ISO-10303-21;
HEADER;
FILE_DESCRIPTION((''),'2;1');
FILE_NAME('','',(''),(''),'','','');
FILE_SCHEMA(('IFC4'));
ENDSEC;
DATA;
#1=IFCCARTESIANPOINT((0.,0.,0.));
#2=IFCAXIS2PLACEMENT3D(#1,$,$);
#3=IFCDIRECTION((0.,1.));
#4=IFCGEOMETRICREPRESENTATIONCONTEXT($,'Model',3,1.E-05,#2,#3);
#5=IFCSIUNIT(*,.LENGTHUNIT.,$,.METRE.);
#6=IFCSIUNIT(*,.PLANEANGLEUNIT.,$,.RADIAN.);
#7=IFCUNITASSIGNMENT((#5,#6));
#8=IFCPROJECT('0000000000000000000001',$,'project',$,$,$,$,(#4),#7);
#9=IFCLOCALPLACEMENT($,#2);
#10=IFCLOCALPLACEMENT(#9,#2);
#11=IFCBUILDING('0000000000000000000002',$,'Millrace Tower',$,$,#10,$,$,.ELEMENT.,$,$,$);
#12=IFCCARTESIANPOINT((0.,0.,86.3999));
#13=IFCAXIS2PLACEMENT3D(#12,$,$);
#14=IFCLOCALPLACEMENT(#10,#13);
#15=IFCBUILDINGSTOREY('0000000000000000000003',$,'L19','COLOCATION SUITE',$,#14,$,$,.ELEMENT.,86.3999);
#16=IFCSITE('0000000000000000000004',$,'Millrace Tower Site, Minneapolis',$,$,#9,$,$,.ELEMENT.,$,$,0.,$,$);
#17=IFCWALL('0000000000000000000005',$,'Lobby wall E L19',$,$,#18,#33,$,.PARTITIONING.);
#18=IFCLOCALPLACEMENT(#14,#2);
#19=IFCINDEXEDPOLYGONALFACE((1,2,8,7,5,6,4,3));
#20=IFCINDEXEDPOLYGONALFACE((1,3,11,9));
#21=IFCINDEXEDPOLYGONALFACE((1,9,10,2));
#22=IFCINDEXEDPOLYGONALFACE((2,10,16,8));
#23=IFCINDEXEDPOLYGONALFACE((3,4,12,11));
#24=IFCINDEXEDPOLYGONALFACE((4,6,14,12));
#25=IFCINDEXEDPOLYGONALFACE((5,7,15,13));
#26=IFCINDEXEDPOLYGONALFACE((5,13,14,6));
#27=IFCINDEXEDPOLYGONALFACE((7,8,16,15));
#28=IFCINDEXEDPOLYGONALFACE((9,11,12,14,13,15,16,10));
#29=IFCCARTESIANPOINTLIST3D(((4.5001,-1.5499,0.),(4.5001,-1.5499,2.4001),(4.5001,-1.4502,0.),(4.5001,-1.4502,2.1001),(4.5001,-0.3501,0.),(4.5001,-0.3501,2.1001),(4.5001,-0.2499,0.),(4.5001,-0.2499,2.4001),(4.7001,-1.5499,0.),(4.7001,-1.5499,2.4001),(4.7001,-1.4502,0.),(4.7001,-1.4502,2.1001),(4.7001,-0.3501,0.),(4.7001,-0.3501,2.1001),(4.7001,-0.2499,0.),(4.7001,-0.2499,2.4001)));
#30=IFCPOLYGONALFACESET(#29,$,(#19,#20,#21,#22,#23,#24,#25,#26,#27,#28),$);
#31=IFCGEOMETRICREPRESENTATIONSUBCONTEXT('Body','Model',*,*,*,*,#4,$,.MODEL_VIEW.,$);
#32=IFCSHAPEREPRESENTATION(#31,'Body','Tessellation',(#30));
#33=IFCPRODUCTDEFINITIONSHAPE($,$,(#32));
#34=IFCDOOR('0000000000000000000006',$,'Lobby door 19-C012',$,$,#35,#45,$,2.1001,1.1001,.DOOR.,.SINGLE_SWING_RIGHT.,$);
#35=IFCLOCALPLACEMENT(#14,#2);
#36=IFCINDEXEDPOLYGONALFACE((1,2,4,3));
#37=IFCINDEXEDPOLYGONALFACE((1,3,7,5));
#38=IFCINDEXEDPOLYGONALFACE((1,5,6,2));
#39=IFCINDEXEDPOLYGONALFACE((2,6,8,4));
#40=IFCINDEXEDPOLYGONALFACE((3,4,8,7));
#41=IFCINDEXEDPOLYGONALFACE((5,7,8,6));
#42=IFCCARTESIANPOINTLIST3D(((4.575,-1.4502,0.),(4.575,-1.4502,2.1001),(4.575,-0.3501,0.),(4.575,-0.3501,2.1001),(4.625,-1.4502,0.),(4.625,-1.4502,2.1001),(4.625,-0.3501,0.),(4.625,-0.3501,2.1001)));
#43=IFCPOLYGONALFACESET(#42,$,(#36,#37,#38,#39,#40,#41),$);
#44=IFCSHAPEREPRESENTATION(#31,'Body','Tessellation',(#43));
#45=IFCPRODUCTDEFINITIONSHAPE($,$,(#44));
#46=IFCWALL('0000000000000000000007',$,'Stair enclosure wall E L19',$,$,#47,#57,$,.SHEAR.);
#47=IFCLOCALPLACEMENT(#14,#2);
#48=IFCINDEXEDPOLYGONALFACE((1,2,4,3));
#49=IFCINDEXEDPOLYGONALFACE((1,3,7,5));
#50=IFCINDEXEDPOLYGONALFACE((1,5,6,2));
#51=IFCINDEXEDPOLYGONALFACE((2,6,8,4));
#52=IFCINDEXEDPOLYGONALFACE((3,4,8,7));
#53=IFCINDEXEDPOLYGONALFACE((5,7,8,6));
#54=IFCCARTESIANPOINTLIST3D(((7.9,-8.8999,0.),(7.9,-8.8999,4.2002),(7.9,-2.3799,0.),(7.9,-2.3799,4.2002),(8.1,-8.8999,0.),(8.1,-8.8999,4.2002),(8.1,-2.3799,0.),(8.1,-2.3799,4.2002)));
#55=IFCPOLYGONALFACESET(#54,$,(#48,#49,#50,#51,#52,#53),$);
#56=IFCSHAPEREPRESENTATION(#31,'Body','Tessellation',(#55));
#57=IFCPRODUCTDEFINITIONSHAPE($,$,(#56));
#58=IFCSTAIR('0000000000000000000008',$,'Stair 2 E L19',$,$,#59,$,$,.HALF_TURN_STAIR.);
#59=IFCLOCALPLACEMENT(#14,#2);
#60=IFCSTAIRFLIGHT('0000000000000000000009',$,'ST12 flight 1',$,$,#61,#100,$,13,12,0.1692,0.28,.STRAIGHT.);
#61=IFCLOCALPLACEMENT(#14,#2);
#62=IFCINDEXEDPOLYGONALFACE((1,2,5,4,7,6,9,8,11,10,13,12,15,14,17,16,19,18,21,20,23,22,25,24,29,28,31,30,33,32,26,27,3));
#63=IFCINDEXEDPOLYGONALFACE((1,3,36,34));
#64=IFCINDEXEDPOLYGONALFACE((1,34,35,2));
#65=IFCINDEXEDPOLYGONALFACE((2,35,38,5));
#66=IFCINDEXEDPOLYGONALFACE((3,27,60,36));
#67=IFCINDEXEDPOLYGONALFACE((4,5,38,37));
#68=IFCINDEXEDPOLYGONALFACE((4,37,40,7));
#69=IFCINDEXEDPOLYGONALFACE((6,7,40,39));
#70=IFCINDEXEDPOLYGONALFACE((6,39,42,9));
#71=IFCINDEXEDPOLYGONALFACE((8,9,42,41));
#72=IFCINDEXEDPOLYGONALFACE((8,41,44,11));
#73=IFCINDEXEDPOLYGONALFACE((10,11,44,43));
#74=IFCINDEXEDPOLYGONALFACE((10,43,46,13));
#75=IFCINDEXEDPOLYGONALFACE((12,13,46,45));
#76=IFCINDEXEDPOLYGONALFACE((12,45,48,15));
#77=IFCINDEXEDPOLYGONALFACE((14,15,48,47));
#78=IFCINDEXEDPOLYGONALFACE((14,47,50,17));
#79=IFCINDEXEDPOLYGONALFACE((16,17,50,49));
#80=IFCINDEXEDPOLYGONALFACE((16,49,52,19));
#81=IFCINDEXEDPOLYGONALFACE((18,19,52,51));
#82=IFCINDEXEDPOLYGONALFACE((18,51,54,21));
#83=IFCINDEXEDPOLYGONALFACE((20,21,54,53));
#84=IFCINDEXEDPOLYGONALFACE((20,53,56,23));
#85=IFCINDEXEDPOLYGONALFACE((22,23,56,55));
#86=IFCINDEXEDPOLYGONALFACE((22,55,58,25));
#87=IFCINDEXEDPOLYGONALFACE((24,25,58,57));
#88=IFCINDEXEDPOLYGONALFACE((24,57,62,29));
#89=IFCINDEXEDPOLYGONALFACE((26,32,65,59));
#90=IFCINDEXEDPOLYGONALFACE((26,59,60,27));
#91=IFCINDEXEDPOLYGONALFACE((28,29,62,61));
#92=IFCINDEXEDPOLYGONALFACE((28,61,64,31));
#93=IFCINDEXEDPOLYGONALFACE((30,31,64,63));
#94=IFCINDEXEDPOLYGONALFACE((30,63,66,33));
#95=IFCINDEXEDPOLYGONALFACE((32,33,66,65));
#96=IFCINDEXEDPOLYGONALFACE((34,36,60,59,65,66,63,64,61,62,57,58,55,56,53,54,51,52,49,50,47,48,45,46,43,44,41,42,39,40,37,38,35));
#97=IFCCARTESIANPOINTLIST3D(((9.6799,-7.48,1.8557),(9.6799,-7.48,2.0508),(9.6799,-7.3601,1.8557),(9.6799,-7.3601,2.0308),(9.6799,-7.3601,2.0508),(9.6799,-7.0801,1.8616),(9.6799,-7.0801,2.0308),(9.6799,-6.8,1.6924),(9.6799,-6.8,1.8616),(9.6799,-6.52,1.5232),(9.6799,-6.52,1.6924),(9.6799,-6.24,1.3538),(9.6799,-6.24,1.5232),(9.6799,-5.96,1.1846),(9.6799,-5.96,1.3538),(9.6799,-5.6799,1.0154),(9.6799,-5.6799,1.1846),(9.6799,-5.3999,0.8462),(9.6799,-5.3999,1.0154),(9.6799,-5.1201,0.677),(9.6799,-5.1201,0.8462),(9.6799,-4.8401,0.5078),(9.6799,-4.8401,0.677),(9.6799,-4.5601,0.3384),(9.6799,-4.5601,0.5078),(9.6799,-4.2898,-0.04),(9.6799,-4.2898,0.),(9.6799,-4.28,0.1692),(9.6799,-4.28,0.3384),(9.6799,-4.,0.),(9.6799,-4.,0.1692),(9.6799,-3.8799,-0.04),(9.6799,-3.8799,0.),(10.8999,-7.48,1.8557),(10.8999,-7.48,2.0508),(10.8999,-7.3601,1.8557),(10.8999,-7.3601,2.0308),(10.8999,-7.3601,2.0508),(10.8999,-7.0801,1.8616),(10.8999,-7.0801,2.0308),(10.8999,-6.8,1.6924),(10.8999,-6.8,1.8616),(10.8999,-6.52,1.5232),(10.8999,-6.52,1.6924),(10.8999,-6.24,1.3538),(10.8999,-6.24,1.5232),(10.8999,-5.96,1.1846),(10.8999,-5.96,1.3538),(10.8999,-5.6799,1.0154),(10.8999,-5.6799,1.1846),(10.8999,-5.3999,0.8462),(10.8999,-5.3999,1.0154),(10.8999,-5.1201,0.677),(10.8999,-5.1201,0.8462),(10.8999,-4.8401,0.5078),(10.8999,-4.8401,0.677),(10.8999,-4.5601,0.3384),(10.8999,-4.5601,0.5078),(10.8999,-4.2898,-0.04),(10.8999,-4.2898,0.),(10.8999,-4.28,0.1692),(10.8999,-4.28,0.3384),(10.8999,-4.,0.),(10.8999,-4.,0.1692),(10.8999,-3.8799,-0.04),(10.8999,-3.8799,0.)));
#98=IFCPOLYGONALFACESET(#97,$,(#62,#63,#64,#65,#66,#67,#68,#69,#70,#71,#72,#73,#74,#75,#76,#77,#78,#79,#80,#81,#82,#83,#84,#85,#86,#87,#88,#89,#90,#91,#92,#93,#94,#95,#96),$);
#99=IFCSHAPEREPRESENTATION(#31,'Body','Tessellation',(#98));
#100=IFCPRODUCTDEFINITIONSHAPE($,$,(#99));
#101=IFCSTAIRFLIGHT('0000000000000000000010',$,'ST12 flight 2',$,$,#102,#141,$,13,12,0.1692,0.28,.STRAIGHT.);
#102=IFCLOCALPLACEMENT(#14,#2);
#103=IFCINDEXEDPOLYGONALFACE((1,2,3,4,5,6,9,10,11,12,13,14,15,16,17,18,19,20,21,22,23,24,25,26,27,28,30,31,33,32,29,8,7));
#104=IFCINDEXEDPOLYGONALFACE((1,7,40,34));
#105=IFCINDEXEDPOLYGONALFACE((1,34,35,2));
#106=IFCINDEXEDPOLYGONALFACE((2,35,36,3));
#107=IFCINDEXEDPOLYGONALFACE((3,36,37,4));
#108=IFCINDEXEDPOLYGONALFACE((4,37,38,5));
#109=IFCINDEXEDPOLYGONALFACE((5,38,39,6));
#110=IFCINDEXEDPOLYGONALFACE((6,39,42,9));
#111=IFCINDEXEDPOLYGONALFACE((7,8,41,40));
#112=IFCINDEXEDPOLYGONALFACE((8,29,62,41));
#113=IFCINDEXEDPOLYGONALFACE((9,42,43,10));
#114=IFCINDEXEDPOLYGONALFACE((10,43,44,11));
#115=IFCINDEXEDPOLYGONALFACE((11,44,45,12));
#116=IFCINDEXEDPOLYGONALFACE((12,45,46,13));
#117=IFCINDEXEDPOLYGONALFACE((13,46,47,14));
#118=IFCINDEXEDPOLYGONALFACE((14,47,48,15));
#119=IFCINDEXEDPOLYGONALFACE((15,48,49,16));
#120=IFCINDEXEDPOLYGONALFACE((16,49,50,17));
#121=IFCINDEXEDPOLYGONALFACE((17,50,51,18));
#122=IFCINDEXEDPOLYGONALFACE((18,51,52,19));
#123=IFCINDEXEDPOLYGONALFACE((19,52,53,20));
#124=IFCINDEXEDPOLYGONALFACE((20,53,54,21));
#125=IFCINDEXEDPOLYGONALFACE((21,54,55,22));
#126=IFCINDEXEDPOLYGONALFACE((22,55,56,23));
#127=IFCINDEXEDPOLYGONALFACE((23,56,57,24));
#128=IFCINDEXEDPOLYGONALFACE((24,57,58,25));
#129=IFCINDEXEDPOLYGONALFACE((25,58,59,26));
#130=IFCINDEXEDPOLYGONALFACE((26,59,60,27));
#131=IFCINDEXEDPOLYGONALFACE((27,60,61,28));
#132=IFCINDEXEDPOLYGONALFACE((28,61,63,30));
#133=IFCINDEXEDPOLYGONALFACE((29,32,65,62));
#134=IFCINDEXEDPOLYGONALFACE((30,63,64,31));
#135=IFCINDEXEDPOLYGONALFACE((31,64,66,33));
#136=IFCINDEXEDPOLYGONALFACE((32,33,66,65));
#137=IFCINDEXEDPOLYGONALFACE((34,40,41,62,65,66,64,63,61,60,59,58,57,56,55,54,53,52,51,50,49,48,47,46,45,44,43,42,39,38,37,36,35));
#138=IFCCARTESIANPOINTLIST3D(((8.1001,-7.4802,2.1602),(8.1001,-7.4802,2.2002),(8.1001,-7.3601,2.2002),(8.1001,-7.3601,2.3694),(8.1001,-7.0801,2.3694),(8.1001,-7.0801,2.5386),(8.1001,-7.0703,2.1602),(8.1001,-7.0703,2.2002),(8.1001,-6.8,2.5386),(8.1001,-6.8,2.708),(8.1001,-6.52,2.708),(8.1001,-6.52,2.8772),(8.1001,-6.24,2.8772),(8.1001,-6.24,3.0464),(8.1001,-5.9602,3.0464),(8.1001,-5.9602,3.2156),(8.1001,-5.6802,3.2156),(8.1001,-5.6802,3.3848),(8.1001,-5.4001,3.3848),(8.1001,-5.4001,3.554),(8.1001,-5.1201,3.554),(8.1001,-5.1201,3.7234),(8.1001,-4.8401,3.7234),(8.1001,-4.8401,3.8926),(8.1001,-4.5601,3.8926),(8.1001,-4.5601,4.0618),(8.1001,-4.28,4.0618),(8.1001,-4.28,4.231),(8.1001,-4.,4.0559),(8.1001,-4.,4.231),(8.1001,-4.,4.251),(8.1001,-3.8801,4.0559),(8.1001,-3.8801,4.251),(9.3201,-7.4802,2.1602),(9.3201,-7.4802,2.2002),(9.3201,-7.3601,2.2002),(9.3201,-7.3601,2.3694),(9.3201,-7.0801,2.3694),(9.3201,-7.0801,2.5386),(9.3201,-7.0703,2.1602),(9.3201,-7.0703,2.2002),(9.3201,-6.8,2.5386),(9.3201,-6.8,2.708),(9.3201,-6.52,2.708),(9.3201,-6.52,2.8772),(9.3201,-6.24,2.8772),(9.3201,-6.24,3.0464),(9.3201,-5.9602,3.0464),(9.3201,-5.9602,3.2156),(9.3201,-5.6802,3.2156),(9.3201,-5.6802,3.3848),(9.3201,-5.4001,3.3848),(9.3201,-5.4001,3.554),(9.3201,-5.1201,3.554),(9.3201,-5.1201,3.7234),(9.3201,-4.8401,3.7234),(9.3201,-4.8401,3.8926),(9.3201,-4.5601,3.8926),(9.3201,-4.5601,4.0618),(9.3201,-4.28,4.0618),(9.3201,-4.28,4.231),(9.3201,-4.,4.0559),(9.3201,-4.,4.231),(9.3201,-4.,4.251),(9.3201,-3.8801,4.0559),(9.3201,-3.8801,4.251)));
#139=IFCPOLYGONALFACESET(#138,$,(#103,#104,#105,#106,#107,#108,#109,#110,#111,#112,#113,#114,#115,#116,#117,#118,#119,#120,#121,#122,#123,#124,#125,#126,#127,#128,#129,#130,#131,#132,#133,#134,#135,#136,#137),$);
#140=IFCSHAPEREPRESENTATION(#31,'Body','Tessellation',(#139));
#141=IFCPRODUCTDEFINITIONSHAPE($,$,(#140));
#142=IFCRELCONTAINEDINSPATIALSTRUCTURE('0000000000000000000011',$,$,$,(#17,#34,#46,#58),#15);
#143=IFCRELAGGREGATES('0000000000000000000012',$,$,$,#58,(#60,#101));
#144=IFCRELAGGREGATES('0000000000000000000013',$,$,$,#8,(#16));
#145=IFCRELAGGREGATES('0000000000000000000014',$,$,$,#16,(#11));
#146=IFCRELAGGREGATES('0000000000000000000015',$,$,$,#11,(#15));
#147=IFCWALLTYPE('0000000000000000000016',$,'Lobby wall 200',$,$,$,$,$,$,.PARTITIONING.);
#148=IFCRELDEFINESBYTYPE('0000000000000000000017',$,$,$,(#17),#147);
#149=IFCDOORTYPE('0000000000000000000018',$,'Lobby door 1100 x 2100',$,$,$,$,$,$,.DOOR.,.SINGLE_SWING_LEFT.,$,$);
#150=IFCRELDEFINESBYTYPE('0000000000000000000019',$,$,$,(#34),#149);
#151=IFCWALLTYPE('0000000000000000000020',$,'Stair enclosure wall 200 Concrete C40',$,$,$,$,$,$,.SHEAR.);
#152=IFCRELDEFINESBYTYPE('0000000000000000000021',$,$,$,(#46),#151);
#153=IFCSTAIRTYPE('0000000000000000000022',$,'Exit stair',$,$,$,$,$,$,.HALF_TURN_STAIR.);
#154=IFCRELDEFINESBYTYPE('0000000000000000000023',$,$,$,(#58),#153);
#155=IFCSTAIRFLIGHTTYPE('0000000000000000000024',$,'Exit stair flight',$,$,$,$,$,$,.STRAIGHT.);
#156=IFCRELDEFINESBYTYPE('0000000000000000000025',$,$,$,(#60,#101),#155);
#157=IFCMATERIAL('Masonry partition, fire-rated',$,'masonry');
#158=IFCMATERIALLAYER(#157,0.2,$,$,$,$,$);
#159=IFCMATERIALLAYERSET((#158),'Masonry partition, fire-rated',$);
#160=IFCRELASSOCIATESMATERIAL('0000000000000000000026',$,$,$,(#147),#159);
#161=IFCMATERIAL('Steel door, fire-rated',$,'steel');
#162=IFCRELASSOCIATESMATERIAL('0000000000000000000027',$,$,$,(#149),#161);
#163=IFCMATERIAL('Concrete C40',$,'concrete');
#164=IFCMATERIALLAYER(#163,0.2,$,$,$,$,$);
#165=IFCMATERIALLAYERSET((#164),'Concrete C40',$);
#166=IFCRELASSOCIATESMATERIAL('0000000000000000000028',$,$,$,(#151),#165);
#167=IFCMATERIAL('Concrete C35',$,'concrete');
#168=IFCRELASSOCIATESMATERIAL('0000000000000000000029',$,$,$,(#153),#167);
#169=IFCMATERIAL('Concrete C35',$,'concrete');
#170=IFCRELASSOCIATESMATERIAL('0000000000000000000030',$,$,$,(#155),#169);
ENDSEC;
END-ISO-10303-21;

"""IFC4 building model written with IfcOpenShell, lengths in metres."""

from ifc_helpers import new_model, si_unit, direction, frame, frame_2d, origin, place, context, subcontext, project, spatial, polyline, rectangle, outline, extrude, material, layer, layer_set, type_object, element, fill, aggregate, save


model = new_model("IFC4")

# Units and contexts
model_context = context("Model", 3, precision=1e-05, world=origin(), true_north=direction((0.0, 1.0)))
body_context = subcontext(model_context, "Body", "Model", "MODEL_VIEW")
ifc_project = project(units=[si_unit("LENGTHUNIT", "METRE"), si_unit("PLANEANGLEUNIT", "RADIAN")], contexts=[model_context])

# Site, building, storey
site_placement = place(None, origin())
site = spatial("IfcSite", under=ifc_project, at=site_placement, Name="Millrace Tower Site, Minneapolis", CompositionType="ELEMENT", RefElevation=0.0)
building_placement = place(site_placement, origin())
building = spatial("IfcBuilding", under=site, at=building_placement, Name="Millrace Tower", CompositionType="ELEMENT")
storey_placement = place(building_placement, frame((0.0, 0.0, 86.3999)))
storey = spatial("IfcBuildingStorey", under=building, at=storey_placement, Name="L19", Description="COLOCATION SUITE", CompositionType="ELEMENT", Elevation=86.3999)

# Shared definitions
placement_1 = place(storey_placement, origin())

# Wall, opening, door
ifc_material_1 = material(Name="Masonry partition, fire-rated", Category="masonry")
ifc_layer_1 = layer(ifc_material_1, 0.2)
ifc_layer_set_1 = layer_set([ifc_layer_1], Name="Masonry partition, fire-rated")
wall_type_1 = type_object("IfcWallType", Name="Lobby wall 200", PredefinedType="PARTITIONING", material=ifc_layer_set_1)
wall_1_placement = place(storey_placement, frame((4.6001, -0.25, 0.0), z_axis=(0.0, 0.0, 1.0), x_axis=(0.0, -1.0, 0.0)))
wall_1 = element("IfcWall", 1, at=wall_1_placement, inside=storey, type_object=wall_type_1, Name="Lobby wall E L19", PredefinedType="PARTITIONING", context=body_context, shape_type="SweptSolid", body=[
    extrude(rectangle(XDim=1.3, YDim=0.2, at=frame_2d((0.6499, 0.0))), origin(), (0.0, 0.0, 1.0), 2.4001),
])
opening_1_placement = place(wall_1_placement, frame((0.1001, 0.0, 0.0)))
opening_1 = element("IfcOpeningElement", 2, at=opening_1_placement, cuts=wall_1, PredefinedType="OPENING", context=body_context, shape_type="SweptSolid", body=[
    extrude(rectangle(XDim=1.1001, YDim=2.1001, at=frame_2d((0.55, 1.05))), frame((0.0, 0.1099, 0.0), z_axis=(0.0, -1.0, 0.0), x_axis=(1.0, 0.0, 0.0)), (0.0, 0.0, 1.0), 0.22),
])
ifc_material_2 = material(Name="Steel door, fire-rated", Category="steel")
door_type_1 = type_object("IfcDoorType", Name="Lobby door 1100 x 2100", OperationType="SINGLE_SWING_LEFT", PredefinedType="DOOR", material=ifc_material_2)
door_1_placement = place(opening_1_placement, origin())
door_1 = element("IfcDoor", 3, at=door_1_placement, inside=storey, type_object=door_type_1, Name="Lobby door 19-C012", OperationType="SINGLE_SWING_RIGHT", OverallHeight=2.1001, OverallWidth=1.1001, PredefinedType="DOOR", context=body_context, shape_type="SweptSolid", body=[
    extrude(rectangle(XDim=1.1001, YDim=2.1001, at=frame_2d((0.55, 1.05))), frame((0.0, 0.0249, 0.0), z_axis=(0.0, -1.0, 0.0), x_axis=(1.0, 0.0, 0.0)), (0.0, 0.0, 1.0), 0.05),
])
fill(opening_1, door_1)

# Wall
ifc_material_3 = material(Name="Concrete C40", Category="concrete")
ifc_layer_2 = layer(ifc_material_3, 0.2)
ifc_layer_set_2 = layer_set([ifc_layer_2], Name="Concrete C40")
wall_type_2 = type_object("IfcWallType", Name="Stair enclosure wall 200 Concrete C40", PredefinedType="SHEAR", material=ifc_layer_set_2)
wall_2_placement = place(storey_placement, frame((8.0, -2.3799, 0.0), z_axis=(0.0, 0.0, 1.0), x_axis=(0.0, -1.0, 0.0)))
element("IfcWall", 4, at=wall_2_placement, inside=storey, type_object=wall_type_2, Name="Stair enclosure wall E L19", PredefinedType="SHEAR", context=body_context, shape_type="SweptSolid", body=[
    extrude(rectangle(XDim=6.52, YDim=0.2, at=frame_2d((3.26, 0.0))), origin(), (0.0, 0.0, 1.0), 4.2002),
])

# Stair, stair flights
ifc_material_4 = material(Name="Concrete C35", Category="concrete")
stair_type = type_object("IfcStairType", Name="Exit stair", PredefinedType="HALF_TURN_STAIR", material=ifc_material_4)
stair_1 = element("IfcStair", 5, at=placement_1, inside=storey, type_object=stair_type, Name="Stair 2 E L19", PredefinedType="HALF_TURN_STAIR")
ifc_material_5 = material(Name="Concrete C35", Category="concrete")
stair_flight_type = type_object("IfcStairFlightType", Name="Exit stair flight", PredefinedType="STRAIGHT", material=ifc_material_5)
stair_flight_1_placement = place(storey_placement, frame((10.29, -4.0, 0.0), z_axis=(0.0, 0.0, 1.0), x_axis=(0.0, -1.0, 0.0)))
stair_flight_1 = element("IfcStairFlight", 6, at=stair_flight_1_placement, type_object=stair_flight_type, Name="ST12 flight 1", NumberOfRisers=13, NumberOfTreads=12, PredefinedType="STRAIGHT", RiserHeight=0.1692, TreadLength=0.28, context=body_context, shape_type="SweptSolid", body=[
    extrude(outline(polyline([(-0.1201, -0.04), (-0.1201, 0.0), (0.0, 0.0), (0.0, 0.1692), (0.28, 0.1692), (0.28, 0.3384), (0.5601, 0.3384), (0.5601, 0.5078), (0.8401, 0.5078), (0.8401, 0.677), (1.1201, 0.677), (1.1201, 0.8462), (1.3999, 0.8462), (1.3999, 1.0154), (1.6799, 1.0154), (1.6799, 1.1846), (1.96, 1.1846), (1.96, 1.3538), (2.24, 1.3538), (2.24, 1.5232), (2.52, 1.5232), (2.52, 1.6924), (2.8, 1.6924), (2.8, 1.8616), (3.0801, 1.8616), (3.0801, 2.0308), (3.3601, 2.0308), (3.3601, 2.0508), (3.48, 2.0508), (3.48, 1.8557), (3.3601, 1.8557), (0.2898, 0.0), (0.2898, -0.04), (-0.1201, -0.04)])), frame((0.0, 0.6099, 0.0), z_axis=(0.0, -1.0, 0.0), x_axis=(1.0, 0.0, 0.0)), (0.0, 0.0, 1.0), 1.22),
])
stair_flight_2_placement = place(storey_placement, frame((8.71, -7.3601, 2.2002), z_axis=(0.0, 0.0, 1.0), x_axis=(0.0, 1.0, 0.0)))
stair_flight_2 = element("IfcStairFlight", 7, at=stair_flight_2_placement, type_object=stair_flight_type, Name="ST12 flight 2", NumberOfRisers=13, NumberOfTreads=12, PredefinedType="STRAIGHT", RiserHeight=0.1692, TreadLength=0.28, context=body_context, shape_type="SweptSolid", body=[
    extrude(outline(polyline([(-0.1201, -0.04), (-0.1201, 0.0), (0.0, 0.0), (0.0, 0.1692), (0.28, 0.1692), (0.28, 0.3384), (0.5601, 0.3384), (0.5601, 0.5078), (0.8401, 0.5078), (0.8401, 0.677), (1.1201, 0.677), (1.1201, 0.8462), (1.3999, 0.8462), (1.3999, 1.0154), (1.6799, 1.0154), (1.6799, 1.1846), (1.96, 1.1846), (1.96, 1.3538), (2.24, 1.3538), (2.24, 1.5232), (2.52, 1.5232), (2.52, 1.6924), (2.8, 1.6924), (2.8, 1.8616), (3.0801, 1.8616), (3.0801, 2.0308), (3.3601, 2.0308), (3.3601, 2.0508), (3.48, 2.0508), (3.48, 1.8557), (3.3601, 1.8557), (0.2898, 0.0), (0.2898, -0.04), (-0.1201, -0.04)])), frame((0.0, 0.6099, 0.0), z_axis=(0.0, -1.0, 0.0), x_axis=(1.0, 0.0, 0.0)), (0.0, 0.0, 1.0), 1.22),
])
aggregate(stair_1, [stair_flight_1, stair_flight_2])

save(model, "model.ifc")
